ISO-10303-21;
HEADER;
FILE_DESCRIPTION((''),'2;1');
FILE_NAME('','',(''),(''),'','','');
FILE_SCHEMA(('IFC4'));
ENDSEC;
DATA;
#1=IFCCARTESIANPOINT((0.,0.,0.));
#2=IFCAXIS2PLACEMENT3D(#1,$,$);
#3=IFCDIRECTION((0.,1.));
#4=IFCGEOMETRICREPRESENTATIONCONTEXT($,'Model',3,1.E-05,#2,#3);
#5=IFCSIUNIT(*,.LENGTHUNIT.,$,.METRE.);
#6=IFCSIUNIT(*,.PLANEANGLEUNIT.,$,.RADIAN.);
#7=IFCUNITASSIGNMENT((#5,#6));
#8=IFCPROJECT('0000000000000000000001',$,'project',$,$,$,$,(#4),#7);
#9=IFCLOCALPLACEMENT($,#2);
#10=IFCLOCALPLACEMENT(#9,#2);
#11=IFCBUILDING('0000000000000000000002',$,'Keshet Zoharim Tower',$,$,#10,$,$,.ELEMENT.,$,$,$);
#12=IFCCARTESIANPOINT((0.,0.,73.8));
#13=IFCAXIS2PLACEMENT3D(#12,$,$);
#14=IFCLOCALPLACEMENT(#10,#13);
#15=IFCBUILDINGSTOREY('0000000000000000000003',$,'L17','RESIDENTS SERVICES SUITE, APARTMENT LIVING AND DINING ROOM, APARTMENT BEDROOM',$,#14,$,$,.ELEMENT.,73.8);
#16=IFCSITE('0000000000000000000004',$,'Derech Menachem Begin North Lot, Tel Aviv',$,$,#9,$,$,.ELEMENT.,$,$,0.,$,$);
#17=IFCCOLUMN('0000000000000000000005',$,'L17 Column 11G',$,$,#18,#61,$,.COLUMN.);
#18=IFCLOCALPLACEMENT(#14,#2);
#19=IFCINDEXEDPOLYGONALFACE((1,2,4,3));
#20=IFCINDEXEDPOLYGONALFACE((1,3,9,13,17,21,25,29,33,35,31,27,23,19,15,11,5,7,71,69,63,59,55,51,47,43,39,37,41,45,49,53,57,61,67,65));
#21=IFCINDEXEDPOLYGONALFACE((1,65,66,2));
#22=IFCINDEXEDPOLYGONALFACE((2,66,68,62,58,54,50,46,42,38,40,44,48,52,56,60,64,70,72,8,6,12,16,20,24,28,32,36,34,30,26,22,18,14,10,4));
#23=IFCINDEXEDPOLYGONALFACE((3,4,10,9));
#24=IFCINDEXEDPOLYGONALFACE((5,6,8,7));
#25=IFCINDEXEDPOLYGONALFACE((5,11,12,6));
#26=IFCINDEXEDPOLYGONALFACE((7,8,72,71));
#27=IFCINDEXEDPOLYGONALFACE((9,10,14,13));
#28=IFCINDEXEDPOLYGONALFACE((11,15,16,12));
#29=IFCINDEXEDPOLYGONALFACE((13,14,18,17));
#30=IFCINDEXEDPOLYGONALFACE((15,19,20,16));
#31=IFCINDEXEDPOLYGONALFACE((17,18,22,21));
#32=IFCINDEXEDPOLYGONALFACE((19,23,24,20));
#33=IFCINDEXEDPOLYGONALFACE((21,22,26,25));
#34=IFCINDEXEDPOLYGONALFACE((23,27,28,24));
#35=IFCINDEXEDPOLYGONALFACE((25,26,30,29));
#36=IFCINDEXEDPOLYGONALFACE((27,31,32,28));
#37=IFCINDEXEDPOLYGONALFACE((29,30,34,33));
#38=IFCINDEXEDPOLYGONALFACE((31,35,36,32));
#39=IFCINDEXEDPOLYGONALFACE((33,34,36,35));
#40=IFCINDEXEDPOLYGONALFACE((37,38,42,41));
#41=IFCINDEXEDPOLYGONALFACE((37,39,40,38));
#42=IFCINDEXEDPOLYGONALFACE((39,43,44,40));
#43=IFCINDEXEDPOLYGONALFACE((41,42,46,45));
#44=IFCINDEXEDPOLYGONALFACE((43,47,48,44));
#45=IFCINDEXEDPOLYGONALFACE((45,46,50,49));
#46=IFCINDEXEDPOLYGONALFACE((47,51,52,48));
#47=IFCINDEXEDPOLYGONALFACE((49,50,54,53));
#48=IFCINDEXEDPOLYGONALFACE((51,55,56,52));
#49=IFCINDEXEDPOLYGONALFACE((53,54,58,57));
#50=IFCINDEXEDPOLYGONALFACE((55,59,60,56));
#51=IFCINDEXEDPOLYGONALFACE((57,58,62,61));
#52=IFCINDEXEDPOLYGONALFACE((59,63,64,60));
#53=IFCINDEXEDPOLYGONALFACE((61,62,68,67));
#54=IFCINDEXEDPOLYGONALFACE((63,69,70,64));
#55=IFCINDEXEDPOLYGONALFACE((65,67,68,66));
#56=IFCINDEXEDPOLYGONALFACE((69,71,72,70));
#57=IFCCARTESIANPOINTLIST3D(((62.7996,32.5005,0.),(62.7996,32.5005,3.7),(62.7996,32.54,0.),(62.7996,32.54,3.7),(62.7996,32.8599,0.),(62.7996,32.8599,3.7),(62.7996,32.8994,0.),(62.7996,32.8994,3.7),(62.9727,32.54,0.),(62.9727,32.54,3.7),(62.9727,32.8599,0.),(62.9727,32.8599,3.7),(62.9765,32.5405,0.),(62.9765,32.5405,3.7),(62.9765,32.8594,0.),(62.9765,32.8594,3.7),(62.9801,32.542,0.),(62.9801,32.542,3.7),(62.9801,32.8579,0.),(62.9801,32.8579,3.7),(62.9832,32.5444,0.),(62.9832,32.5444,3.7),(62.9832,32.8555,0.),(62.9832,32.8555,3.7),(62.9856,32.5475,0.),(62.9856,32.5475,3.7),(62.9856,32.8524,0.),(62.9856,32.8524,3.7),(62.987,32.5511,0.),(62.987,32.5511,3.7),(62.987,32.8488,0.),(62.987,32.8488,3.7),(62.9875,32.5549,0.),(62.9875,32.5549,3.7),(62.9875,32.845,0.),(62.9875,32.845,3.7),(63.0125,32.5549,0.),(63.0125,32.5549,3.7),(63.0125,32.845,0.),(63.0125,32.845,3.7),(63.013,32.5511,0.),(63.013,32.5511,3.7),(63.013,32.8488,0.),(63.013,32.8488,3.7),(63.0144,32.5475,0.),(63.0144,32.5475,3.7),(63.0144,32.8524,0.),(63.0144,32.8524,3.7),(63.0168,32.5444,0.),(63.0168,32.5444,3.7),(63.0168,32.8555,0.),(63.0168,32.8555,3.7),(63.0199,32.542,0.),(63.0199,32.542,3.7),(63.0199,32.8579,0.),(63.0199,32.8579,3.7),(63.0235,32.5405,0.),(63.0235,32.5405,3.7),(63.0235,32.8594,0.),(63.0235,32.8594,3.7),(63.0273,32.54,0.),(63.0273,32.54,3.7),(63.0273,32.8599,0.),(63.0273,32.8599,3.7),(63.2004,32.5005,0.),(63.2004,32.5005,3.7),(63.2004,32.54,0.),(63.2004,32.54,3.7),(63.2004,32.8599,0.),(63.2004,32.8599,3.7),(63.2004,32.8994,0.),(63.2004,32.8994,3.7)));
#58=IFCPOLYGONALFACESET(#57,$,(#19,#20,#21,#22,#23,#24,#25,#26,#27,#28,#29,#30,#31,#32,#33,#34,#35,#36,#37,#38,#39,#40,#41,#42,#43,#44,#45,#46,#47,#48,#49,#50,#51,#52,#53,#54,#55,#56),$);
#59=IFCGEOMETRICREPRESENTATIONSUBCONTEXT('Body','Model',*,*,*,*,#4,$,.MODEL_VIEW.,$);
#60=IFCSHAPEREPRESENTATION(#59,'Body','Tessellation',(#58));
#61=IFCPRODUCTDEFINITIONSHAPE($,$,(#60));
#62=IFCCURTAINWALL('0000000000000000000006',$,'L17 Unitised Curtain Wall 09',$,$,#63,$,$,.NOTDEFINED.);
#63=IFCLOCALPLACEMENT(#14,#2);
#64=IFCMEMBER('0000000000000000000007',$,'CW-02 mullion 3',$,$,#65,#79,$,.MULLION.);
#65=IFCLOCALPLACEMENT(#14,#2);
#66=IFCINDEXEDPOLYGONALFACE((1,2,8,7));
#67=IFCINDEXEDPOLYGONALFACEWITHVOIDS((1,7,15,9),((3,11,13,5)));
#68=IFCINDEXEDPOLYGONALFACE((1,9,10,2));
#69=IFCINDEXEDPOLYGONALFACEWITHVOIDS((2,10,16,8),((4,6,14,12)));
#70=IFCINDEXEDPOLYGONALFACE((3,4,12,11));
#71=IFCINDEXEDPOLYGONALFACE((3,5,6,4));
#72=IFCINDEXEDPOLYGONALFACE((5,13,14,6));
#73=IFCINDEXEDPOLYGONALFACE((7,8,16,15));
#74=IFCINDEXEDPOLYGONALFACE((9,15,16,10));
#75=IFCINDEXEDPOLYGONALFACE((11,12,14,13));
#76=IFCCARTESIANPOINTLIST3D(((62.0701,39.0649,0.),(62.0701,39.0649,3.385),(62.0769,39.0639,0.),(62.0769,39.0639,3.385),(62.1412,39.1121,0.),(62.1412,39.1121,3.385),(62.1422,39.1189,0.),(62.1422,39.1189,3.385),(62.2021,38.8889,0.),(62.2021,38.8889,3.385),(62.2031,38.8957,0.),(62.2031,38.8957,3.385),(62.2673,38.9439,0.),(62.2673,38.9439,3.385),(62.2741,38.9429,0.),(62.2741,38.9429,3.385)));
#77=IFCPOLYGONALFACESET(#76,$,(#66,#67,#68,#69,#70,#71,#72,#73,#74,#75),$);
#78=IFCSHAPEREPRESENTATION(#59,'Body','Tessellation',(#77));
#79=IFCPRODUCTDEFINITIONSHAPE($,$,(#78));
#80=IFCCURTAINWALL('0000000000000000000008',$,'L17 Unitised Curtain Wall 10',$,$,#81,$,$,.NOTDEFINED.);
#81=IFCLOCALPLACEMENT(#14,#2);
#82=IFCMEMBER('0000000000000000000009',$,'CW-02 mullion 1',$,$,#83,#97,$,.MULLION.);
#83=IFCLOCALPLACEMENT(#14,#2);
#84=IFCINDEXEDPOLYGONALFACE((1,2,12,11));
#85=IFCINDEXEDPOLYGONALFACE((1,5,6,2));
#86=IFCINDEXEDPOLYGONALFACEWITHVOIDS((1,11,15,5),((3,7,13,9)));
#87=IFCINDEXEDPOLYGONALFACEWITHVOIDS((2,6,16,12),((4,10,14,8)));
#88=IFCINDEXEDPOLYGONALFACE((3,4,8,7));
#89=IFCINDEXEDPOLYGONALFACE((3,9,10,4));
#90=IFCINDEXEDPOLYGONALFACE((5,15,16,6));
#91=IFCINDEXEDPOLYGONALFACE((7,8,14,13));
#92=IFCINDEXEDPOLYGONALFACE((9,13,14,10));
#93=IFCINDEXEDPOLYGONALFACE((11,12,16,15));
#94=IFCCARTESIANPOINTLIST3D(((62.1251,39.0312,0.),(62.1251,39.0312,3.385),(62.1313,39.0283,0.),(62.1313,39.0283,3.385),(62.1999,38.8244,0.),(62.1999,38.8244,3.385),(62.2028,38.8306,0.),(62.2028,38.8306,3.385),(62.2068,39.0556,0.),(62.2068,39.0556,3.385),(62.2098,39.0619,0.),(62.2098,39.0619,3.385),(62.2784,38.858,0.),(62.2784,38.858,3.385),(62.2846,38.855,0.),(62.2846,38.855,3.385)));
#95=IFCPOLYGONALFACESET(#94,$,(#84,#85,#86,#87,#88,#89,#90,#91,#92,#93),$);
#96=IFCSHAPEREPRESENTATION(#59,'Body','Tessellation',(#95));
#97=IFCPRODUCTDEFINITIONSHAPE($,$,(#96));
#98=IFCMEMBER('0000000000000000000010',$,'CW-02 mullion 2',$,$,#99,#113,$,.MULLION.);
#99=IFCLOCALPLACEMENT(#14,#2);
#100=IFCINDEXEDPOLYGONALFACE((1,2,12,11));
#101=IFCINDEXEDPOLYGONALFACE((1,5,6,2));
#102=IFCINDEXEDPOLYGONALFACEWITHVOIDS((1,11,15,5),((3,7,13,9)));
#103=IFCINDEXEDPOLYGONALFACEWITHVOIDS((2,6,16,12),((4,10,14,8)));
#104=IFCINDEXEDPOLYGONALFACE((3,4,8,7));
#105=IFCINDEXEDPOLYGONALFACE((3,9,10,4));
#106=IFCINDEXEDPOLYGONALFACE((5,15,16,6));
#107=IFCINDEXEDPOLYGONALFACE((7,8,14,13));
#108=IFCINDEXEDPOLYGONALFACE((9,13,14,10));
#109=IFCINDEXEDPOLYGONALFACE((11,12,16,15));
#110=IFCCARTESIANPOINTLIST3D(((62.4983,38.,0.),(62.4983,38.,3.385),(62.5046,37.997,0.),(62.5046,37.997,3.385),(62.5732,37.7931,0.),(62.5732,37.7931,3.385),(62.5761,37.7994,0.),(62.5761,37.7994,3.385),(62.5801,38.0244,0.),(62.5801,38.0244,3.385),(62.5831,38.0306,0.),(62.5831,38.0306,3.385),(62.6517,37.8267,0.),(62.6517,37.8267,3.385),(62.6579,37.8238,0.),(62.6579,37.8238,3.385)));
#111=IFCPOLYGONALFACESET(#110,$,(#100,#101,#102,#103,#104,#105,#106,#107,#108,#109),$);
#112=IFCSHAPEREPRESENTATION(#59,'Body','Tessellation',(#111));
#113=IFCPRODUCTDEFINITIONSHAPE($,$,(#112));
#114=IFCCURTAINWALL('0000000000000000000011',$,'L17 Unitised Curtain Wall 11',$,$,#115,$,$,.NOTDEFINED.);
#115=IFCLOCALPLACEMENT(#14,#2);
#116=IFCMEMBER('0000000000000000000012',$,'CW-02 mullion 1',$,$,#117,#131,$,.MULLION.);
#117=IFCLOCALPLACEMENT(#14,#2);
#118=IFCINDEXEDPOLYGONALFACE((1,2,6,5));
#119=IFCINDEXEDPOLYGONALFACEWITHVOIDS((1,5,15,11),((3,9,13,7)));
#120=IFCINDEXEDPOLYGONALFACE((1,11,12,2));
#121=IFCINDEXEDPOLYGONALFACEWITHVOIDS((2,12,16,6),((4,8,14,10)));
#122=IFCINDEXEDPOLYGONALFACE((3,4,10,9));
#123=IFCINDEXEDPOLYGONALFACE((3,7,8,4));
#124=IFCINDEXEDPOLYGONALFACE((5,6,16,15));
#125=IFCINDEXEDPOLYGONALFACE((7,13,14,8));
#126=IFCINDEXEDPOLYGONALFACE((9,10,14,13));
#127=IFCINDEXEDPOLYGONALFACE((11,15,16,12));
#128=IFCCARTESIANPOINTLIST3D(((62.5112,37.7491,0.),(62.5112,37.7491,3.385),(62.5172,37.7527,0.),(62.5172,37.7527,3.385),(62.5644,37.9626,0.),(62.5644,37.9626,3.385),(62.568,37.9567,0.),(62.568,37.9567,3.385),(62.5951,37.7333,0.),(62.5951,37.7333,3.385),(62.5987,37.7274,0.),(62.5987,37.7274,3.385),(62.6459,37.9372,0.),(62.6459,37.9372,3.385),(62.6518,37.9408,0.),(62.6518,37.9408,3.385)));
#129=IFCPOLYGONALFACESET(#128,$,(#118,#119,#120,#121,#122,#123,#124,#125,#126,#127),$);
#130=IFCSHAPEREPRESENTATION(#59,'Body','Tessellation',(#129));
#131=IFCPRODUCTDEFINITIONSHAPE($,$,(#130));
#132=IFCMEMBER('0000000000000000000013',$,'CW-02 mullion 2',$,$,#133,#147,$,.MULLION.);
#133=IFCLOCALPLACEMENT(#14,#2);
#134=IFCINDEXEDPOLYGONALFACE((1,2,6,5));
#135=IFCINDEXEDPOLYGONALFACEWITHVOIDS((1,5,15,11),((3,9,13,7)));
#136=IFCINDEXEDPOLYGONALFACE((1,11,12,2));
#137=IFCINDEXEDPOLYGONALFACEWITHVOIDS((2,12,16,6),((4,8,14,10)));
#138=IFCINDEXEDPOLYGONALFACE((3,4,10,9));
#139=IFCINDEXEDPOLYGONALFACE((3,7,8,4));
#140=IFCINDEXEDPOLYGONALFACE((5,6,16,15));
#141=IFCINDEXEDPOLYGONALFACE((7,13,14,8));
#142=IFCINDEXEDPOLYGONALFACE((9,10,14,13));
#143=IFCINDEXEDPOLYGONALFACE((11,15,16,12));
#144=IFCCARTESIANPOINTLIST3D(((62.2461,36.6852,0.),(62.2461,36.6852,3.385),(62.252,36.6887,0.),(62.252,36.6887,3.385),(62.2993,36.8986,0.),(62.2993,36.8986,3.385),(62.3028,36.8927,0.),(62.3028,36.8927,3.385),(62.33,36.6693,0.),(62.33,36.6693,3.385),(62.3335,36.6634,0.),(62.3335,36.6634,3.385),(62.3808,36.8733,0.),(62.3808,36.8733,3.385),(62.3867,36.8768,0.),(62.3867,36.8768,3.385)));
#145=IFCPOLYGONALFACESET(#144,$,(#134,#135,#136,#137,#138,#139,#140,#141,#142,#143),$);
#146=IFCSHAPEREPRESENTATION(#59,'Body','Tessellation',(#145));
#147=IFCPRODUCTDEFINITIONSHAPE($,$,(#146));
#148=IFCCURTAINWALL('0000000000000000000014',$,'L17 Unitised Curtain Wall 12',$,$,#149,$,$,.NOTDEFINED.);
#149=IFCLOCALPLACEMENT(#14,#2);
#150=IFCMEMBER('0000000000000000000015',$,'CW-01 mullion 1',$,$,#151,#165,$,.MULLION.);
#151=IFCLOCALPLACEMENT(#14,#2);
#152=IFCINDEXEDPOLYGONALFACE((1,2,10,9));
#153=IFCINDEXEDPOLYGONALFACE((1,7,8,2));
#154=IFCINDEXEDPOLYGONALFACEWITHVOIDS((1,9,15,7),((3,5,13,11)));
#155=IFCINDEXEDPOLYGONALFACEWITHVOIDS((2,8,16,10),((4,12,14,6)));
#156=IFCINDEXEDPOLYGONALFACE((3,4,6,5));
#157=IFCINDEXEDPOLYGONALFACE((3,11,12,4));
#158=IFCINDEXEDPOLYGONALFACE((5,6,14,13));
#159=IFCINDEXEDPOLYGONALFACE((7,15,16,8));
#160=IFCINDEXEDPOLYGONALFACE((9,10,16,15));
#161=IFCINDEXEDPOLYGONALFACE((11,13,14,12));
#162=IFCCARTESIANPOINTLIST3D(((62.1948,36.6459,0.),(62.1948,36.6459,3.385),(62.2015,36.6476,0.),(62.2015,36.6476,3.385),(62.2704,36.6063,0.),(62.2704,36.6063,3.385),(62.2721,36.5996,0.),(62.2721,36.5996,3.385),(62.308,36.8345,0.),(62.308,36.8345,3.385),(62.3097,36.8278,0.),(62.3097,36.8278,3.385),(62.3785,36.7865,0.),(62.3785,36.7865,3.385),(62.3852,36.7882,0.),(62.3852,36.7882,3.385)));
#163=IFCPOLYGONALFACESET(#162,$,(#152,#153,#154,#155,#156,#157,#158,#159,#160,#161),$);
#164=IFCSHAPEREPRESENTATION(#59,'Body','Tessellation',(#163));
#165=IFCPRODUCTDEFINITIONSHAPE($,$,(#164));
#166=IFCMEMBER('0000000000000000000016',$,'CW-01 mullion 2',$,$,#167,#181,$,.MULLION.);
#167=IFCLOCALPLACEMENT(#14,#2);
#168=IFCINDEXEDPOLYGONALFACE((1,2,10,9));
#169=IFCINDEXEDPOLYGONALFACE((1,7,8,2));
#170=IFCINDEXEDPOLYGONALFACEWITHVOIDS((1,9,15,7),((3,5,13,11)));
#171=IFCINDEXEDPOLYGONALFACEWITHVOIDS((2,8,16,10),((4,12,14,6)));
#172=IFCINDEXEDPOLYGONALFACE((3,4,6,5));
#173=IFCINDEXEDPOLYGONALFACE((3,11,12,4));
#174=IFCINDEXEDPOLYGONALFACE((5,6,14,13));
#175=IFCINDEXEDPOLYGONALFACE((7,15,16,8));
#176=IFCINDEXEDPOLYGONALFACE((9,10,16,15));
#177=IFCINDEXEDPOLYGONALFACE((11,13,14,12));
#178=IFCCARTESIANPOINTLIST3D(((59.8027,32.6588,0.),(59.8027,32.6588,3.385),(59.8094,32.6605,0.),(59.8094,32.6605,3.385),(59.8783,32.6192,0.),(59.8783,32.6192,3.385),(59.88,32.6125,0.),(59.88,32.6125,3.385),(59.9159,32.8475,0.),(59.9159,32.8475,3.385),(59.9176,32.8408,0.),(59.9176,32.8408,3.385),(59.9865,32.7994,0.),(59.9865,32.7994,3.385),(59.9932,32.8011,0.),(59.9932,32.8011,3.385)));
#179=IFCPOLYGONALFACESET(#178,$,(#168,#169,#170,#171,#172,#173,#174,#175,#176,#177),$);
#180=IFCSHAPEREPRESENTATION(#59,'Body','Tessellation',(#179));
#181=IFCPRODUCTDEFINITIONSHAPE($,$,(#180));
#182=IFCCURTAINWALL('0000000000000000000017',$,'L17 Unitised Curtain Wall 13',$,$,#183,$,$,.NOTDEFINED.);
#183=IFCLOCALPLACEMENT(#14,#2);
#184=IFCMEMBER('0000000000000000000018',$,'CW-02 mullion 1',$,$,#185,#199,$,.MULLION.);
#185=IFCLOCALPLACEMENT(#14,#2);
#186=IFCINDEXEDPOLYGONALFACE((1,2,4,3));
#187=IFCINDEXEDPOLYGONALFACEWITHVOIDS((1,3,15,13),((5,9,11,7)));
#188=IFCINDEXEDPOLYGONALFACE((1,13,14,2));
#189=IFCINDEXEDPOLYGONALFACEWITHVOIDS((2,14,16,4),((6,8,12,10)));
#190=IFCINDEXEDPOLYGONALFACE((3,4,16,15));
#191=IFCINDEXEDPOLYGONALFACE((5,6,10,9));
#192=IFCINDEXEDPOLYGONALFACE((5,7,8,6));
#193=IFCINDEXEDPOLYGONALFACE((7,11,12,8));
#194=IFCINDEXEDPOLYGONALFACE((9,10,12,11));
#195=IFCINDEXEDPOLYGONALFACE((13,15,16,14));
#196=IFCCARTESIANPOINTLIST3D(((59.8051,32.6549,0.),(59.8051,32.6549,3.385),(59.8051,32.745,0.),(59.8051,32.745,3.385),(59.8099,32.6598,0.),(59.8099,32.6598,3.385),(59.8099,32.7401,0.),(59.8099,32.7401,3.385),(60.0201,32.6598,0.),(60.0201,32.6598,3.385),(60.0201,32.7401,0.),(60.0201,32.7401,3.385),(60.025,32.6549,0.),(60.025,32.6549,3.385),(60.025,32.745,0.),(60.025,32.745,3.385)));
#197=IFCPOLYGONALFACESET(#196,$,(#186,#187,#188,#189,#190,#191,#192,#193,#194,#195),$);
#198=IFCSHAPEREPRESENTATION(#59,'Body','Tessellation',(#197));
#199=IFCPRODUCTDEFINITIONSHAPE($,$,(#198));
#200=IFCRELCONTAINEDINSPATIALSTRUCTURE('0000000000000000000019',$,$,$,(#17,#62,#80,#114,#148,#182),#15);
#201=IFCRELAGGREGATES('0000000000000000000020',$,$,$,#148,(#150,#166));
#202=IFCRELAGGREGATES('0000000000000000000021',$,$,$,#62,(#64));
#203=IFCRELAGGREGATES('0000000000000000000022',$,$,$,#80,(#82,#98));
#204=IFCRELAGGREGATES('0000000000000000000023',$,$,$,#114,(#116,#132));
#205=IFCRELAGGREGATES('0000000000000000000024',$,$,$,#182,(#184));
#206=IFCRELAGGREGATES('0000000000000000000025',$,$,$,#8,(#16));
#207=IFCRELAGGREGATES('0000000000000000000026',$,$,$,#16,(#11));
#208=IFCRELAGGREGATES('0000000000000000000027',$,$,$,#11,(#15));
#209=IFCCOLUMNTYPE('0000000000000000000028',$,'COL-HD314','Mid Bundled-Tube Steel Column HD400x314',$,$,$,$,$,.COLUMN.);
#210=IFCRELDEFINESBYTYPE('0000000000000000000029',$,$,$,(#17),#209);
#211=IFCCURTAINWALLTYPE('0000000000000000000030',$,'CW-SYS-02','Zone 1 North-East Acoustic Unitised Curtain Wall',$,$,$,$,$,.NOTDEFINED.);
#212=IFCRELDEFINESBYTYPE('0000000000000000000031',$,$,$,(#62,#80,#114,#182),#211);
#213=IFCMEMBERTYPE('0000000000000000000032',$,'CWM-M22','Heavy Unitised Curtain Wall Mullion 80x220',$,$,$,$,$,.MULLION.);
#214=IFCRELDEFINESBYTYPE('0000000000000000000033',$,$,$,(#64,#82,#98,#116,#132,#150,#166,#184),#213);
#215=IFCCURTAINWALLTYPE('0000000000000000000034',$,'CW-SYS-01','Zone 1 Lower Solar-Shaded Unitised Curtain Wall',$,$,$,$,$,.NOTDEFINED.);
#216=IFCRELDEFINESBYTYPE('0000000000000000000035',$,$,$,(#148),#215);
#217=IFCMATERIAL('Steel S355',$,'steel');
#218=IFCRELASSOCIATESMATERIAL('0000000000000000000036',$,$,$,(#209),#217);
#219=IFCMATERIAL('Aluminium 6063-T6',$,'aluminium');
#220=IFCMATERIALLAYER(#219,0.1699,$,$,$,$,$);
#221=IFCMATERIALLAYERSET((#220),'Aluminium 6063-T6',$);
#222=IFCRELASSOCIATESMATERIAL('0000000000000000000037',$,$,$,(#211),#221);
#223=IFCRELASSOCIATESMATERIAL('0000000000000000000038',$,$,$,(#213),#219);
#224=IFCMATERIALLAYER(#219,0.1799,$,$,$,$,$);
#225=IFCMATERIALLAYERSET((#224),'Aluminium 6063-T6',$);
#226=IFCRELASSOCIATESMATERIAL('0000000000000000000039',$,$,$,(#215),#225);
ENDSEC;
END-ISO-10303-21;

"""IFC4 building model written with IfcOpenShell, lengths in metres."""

from ifc_helpers import new_model, si_unit, direction, frame, origin, origin_2d, place, context, subcontext, project, spatial, hollow_rectangle, i_section, extrude, material, layer, layer_set, material_profile, profile_set, type_object, element, aggregate, save


model = new_model("IFC4")

# Units and contexts
model_context = context("Model", 3, precision=1e-05, world=origin(), true_north=direction((0.0, 1.0)))
body_context = subcontext(model_context, "Body", "Model", "MODEL_VIEW")
ifc_project = project(units=[si_unit("LENGTHUNIT", "METRE"), si_unit("PLANEANGLEUNIT", "RADIAN")], contexts=[model_context])

# Site, building, storey
site_placement = place(None, origin())
site = spatial("IfcSite", under=ifc_project, at=site_placement, Name="Derech Menachem Begin North Lot, Tel Aviv", CompositionType="ELEMENT", RefElevation=0.0)
building_placement = place(site_placement, origin())
building = spatial("IfcBuilding", under=site, at=building_placement, Name="Keshet Zoharim Tower", CompositionType="ELEMENT")
storey_placement = place(building_placement, frame((0.0, 0.0, 73.8)))
storey = spatial("IfcBuildingStorey", under=building, at=storey_placement, Name="L17", Description="RESIDENTS SERVICES SUITE, APARTMENT LIVING AND DINING ROOM, APARTMENT BEDROOM", CompositionType="ELEMENT", Elevation=73.8)

# Column
ifc_material_1 = material(Name="Steel S355", Category="steel")
ifc_material_profile_1 = material_profile(ifc_material_1, i_section(OverallWidth=0.4009, OverallDepth=0.3989, WebThickness=0.0249, FlangeThickness=0.0396, FilletRadius=0.0149, at=origin_2d()), Name="HD400x314")
ifc_profile_set_1 = profile_set([ifc_material_profile_1], Name="Steel S355")
column_type = type_object("IfcColumnType", Name="COL-HD314", Description="Mid Bundled-Tube Steel Column HD400x314", PredefinedType="COLUMN", material=ifc_profile_set_1)
column_placement = place(storey_placement, frame((63.0, 32.7, 0.0), z_axis=(0.0, 0.0, 1.0), x_axis=(1.0, 0.0, 0.0)))
element("IfcColumn", 1, at=column_placement, inside=storey, type_object=column_type, Name="L17 Column 11G", PredefinedType="COLUMN", context=body_context, shape_type="SweptSolid", body=[
    extrude(i_section(OverallWidth=0.4009, OverallDepth=0.3989, WebThickness=0.0249, FlangeThickness=0.0396, FilletRadius=0.0149, at=origin_2d()), origin(), (0.0, 0.0, 1.0), 3.7),
])

# Curtain wall, member
ifc_material_2 = material(Name="Aluminium 6063-T6", Category="aluminium")
ifc_layer_1 = layer(ifc_material_2, 0.1699)
ifc_layer_set_1 = layer_set([ifc_layer_1], Name="Aluminium 6063-T6")
curtain_wall_type_1 = type_object("IfcCurtainWallType", Name="CW-SYS-02", Description="Zone 1 North-East Acoustic Unitised Curtain Wall", PredefinedType="NOTDEFINED", material=ifc_layer_set_1)
curtain_wall_1_placement = place(storey_placement, origin())
curtain_wall_1 = element("IfcCurtainWall", 2, at=curtain_wall_1_placement, inside=storey, type_object=curtain_wall_type_1, Name="L17 Unitised Curtain Wall 09", PredefinedType="NOTDEFINED")
ifc_material_profile_2 = material_profile(ifc_material_2, hollow_rectangle(XDim=0.0901, YDim=0.22, WallThickness=0.0049, at=origin_2d()), Name="MUL-90x220")
ifc_profile_set_2 = profile_set([ifc_material_profile_2], Name="Aluminium 6063-T6")
member_type_1 = type_object("IfcMemberType", Name="CWM-M22", Description="Heavy Unitised Curtain Wall Mullion 80x220", PredefinedType="MULLION", material=ifc_profile_set_2)
member_1_placement = place(storey_placement, frame((62.1721, 39.0039, 0.0), z_axis=(0.0, 0.0, 1.0), x_axis=(0.8, 0.6, 0.0)))
member_1 = element("IfcMember", 3, at=member_1_placement, type_object=member_type_1, Name="CW-02 mullion 3", PredefinedType="MULLION", context=body_context, shape_type="SweptSolid", body=[
    extrude(hollow_rectangle(XDim=0.0901, YDim=0.22, WallThickness=0.0049, at=origin_2d()), origin(), (0.0, 0.0, 1.0), 3.385),
])

# Curtain walls, members
curtain_wall_2_placement = place(storey_placement, origin())
curtain_wall_2 = element("IfcCurtainWall", 4, at=curtain_wall_2_placement, inside=storey, type_object=curtain_wall_type_1, Name="L17 Unitised Curtain Wall 10", PredefinedType="NOTDEFINED")
member_2_placement = place(storey_placement, frame((62.2048, 38.9431, 0.0), z_axis=(0.0, 0.0, 1.0), x_axis=(0.940318, 0.340297, 0.0)))
member_2 = element("IfcMember", 5, at=member_2_placement, type_object=member_type_1, Name="CW-02 mullion 1", PredefinedType="MULLION", context=body_context, shape_type="SweptSolid", body=[
    extrude(hollow_rectangle(XDim=0.0901, YDim=0.22, WallThickness=0.0049, at=origin_2d()), origin(), (0.0, 0.0, 1.0), 3.385),
])
member_3_placement = place(storey_placement, frame((62.5781, 37.9119, 0.0), z_axis=(0.0, 0.0, 1.0), x_axis=(0.940318, 0.340297, 0.0)))
member_3 = element("IfcMember", 6, at=member_3_placement, type_object=member_type_1, Name="CW-02 mullion 2", PredefinedType="MULLION", context=body_context, shape_type="SweptSolid", body=[
    extrude(hollow_rectangle(XDim=0.0901, YDim=0.22, WallThickness=0.0049, at=origin_2d()), origin(), (0.0, 0.0, 1.0), 3.385),
])
curtain_wall_3_placement = place(storey_placement, origin())
curtain_wall_3 = element("IfcCurtainWall", 7, at=curtain_wall_3_placement, inside=storey, type_object=curtain_wall_type_1, Name="L17 Unitised Curtain Wall 11", PredefinedType="NOTDEFINED")
member_4_placement = place(storey_placement, frame((62.5815, 37.845, 0.0), z_axis=(0.0, 0.0, 1.0), x_axis=(0.970344, -0.241729, 0.0)))
member_4 = element("IfcMember", 8, at=member_4_placement, type_object=member_type_1, Name="CW-02 mullion 1", PredefinedType="MULLION", context=body_context, shape_type="SweptSolid", body=[
    extrude(hollow_rectangle(XDim=0.0901, YDim=0.22, WallThickness=0.0049, at=origin_2d()), origin(), (0.0, 0.0, 1.0), 3.385),
])
member_5_placement = place(storey_placement, frame((62.3164, 36.781, 0.0), z_axis=(0.0, 0.0, 1.0), x_axis=(0.970344, -0.241729, 0.0)))
member_5 = element("IfcMember", 9, at=member_5_placement, type_object=member_type_1, Name="CW-02 mullion 2", PredefinedType="MULLION", context=body_context, shape_type="SweptSolid", body=[
    extrude(hollow_rectangle(XDim=0.0901, YDim=0.22, WallThickness=0.0049, at=origin_2d()), origin(), (0.0, 0.0, 1.0), 3.385),
])
ifc_layer_2 = layer(ifc_material_2, 0.1799)
ifc_layer_set_2 = layer_set([ifc_layer_2], Name="Aluminium 6063-T6")
curtain_wall_type_2 = type_object("IfcCurtainWallType", Name="CW-SYS-01", Description="Zone 1 Lower Solar-Shaded Unitised Curtain Wall", PredefinedType="NOTDEFINED", material=ifc_layer_set_2)
curtain_wall_4_placement = place(storey_placement, origin())
curtain_wall_4 = element("IfcCurtainWall", 10, at=curtain_wall_4_placement, inside=storey, type_object=curtain_wall_type_2, Name="L17 Unitised Curtain Wall 12", PredefinedType="NOTDEFINED")
member_6_placement = place(storey_placement, frame((62.29, 36.717, 0.0), z_axis=(0.0, 0.0, 1.0), x_axis=(0.857512, -0.514465, 0.0)))
member_6 = element("IfcMember", 11, at=member_6_placement, type_object=member_type_1, Name="CW-01 mullion 1", PredefinedType="MULLION", context=body_context, shape_type="SweptSolid", body=[
    extrude(hollow_rectangle(XDim=0.0901, YDim=0.22, WallThickness=0.0049, at=origin_2d()), origin(), (0.0, 0.0, 1.0), 3.385),
])
member_7_placement = place(storey_placement, frame((59.8979, 32.73, 0.0), z_axis=(0.0, 0.0, 1.0), x_axis=(0.857512, -0.514465, 0.0)))
member_7 = element("IfcMember", 12, at=member_7_placement, type_object=member_type_1, Name="CW-01 mullion 2", PredefinedType="MULLION", context=body_context, shape_type="SweptSolid", body=[
    extrude(hollow_rectangle(XDim=0.0901, YDim=0.22, WallThickness=0.0049, at=origin_2d()), origin(), (0.0, 0.0, 1.0), 3.385),
])
curtain_wall_5_placement = place(storey_placement, origin())
curtain_wall_5 = element("IfcCurtainWall", 13, at=curtain_wall_5_placement, inside=storey, type_object=curtain_wall_type_1, Name="L17 Unitised Curtain Wall 13", PredefinedType="NOTDEFINED")
member_8_placement = place(storey_placement, frame((59.915, 32.7, 0.0), z_axis=(0.0, 0.0, 1.0), x_axis=(0.0, 1.0, 0.0)))
member_8 = element("IfcMember", 14, at=member_8_placement, type_object=member_type_1, Name="CW-02 mullion 1", PredefinedType="MULLION", context=body_context, shape_type="SweptSolid", body=[
    extrude(hollow_rectangle(XDim=0.0901, YDim=0.22, WallThickness=0.0049, at=origin_2d()), origin(), (0.0, 0.0, 1.0), 3.385),
])

aggregate(curtain_wall_4, [member_6, member_7])
aggregate(curtain_wall_1, [member_1])
aggregate(curtain_wall_2, [member_2, member_3])
aggregate(curtain_wall_3, [member_4, member_5])
aggregate(curtain_wall_5, [member_8])

save(model, "model.ifc")
